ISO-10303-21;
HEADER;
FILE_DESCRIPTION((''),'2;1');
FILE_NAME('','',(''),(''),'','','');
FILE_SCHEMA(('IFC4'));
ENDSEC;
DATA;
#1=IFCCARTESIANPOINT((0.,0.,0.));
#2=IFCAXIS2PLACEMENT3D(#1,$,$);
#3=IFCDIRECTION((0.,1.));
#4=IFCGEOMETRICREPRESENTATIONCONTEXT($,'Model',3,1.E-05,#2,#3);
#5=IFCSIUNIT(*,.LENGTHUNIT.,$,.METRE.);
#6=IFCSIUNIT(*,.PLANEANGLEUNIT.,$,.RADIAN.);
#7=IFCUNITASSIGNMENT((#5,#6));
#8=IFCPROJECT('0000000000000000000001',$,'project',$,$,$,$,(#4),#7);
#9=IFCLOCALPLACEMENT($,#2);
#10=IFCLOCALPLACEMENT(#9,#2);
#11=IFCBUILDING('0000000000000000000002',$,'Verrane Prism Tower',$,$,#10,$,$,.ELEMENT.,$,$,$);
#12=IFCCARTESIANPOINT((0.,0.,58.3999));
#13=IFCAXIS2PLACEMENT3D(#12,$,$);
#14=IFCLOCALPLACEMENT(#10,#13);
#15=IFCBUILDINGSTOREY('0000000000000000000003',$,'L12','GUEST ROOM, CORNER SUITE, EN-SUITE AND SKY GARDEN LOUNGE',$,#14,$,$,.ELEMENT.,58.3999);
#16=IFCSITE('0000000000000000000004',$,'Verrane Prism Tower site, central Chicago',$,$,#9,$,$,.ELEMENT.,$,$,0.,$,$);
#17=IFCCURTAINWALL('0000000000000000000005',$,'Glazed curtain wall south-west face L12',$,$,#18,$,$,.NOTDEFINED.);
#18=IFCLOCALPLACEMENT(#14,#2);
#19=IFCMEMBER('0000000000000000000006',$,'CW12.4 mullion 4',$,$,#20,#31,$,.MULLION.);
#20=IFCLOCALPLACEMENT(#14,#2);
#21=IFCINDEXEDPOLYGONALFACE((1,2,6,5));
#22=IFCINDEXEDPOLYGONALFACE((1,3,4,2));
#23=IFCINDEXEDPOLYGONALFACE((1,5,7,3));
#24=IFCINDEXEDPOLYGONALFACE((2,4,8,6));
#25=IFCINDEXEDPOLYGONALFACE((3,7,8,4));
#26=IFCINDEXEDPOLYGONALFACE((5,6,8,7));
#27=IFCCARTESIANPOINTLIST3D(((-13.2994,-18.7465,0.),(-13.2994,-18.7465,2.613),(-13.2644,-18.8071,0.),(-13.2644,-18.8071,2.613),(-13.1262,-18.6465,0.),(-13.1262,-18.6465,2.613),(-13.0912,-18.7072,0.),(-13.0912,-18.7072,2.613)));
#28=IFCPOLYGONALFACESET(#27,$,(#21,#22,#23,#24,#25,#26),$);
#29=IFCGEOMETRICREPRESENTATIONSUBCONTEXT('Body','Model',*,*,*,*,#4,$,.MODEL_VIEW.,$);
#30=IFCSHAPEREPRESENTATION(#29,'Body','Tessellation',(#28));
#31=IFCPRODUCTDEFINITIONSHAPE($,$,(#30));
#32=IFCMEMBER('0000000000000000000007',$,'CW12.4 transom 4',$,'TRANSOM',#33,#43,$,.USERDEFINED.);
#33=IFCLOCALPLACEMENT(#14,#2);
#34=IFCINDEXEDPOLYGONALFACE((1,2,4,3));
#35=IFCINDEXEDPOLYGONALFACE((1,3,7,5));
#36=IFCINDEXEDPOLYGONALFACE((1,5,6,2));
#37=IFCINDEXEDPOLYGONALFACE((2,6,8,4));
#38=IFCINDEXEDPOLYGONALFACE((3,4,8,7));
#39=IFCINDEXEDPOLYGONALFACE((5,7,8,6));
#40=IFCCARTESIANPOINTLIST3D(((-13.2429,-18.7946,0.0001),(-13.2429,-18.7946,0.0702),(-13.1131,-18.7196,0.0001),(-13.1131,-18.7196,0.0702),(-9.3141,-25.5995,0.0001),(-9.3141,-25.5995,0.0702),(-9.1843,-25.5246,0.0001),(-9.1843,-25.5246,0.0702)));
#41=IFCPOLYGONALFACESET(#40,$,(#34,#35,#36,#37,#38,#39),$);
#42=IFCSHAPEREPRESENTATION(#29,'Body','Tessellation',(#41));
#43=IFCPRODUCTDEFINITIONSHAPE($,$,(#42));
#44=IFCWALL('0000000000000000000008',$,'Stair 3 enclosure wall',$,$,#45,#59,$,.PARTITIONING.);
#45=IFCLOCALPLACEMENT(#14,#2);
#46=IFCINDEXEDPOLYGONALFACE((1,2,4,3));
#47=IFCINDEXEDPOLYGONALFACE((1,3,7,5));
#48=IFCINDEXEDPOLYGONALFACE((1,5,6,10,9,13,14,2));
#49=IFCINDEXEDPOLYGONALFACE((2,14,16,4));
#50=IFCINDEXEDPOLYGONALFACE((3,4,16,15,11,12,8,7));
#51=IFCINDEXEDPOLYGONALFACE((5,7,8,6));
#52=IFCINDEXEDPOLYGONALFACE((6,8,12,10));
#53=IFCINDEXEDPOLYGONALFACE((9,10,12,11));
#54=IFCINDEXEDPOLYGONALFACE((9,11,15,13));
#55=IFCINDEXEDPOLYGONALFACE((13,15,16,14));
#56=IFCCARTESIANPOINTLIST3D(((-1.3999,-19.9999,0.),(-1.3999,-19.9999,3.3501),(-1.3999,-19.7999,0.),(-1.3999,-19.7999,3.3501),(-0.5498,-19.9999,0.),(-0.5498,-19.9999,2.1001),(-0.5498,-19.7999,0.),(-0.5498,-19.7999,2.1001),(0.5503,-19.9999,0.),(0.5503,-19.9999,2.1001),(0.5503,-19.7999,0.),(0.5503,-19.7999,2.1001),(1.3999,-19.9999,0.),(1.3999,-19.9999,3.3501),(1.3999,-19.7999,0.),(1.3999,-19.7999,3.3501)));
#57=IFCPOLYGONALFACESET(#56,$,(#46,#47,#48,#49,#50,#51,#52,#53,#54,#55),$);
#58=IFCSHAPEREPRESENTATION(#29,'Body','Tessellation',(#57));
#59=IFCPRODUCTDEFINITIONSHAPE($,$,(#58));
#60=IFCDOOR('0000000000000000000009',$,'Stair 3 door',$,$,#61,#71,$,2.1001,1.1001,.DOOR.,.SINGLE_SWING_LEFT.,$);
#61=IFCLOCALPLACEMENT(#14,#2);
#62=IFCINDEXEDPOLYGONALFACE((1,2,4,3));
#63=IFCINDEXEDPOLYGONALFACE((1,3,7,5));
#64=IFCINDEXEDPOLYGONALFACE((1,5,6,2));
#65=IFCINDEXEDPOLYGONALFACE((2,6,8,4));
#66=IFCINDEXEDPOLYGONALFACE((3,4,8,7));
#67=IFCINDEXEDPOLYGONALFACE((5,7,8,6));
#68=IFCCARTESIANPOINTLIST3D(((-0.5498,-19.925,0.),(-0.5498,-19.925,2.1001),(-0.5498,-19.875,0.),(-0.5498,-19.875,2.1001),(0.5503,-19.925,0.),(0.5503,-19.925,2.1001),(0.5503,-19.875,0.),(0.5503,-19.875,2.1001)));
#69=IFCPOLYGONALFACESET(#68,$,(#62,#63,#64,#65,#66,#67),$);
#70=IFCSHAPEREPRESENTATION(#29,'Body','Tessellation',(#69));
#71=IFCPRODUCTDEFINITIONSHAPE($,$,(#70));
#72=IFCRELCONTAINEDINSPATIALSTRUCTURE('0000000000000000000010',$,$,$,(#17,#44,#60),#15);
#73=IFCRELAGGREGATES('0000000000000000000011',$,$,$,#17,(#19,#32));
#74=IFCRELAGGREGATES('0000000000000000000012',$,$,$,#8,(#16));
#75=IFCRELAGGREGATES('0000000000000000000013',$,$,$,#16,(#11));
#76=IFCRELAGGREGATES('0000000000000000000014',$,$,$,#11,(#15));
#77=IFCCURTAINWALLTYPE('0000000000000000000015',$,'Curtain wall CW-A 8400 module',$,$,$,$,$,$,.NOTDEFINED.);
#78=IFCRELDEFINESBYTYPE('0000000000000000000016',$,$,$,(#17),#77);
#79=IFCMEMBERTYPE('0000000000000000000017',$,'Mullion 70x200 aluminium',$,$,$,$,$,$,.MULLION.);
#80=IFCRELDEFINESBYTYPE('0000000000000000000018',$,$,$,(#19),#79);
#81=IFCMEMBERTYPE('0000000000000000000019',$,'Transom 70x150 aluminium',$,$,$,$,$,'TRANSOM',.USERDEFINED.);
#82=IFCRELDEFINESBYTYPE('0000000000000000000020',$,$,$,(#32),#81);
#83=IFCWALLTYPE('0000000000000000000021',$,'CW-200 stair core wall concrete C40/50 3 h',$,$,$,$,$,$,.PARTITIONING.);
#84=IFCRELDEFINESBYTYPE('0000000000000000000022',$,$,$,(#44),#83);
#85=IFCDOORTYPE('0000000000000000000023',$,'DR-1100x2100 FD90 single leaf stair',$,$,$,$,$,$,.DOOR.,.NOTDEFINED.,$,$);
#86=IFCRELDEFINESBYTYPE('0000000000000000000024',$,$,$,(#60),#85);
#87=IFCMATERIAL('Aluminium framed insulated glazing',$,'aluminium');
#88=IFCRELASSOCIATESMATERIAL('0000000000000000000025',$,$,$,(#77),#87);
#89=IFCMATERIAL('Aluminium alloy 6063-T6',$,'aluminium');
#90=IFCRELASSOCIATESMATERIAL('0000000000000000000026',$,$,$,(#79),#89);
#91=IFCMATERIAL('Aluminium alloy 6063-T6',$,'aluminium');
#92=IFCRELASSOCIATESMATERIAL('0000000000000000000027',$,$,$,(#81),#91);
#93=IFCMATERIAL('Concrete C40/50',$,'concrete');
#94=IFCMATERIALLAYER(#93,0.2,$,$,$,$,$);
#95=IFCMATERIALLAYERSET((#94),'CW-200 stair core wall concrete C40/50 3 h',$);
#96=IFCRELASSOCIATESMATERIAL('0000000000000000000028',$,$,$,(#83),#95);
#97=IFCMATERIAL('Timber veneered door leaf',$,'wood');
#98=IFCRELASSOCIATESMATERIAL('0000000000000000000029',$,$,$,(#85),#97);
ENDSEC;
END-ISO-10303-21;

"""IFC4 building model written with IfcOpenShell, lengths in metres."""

from ifc_helpers import new_model, si_unit, direction, frame, frame_2d, origin, origin_2d, place, context, subcontext, project, spatial, rectangle, extrude, material, layer, layer_set, material_profile, profile_set, type_object, element, fill, aggregate, save


model = new_model("IFC4")

# Units and contexts
model_context = context("Model", 3, precision=1e-05, world=origin(), true_north=direction((0.0, 1.0)))
body_context = subcontext(model_context, "Body", "Model", "MODEL_VIEW")
ifc_project = project(units=[si_unit("LENGTHUNIT", "METRE"), si_unit("PLANEANGLEUNIT", "RADIAN")], contexts=[model_context])

# Site, building, storey
site_placement = place(None, origin())
site = spatial("IfcSite", under=ifc_project, at=site_placement, Name="Verrane Prism Tower site, central Chicago", CompositionType="ELEMENT", RefElevation=0.0)
building_placement = place(site_placement, origin())
building = spatial("IfcBuilding", under=site, at=building_placement, Name="Verrane Prism Tower", CompositionType="ELEMENT")
storey_placement = place(building_placement, frame((0.0, 0.0, 58.3999)))
storey = spatial("IfcBuildingStorey", under=building, at=storey_placement, Name="L12", Description="GUEST ROOM, CORNER SUITE, EN-SUITE AND SKY GARDEN LOUNGE", CompositionType="ELEMENT", Elevation=58.3999)

# Curtain wall, members
ifc_material_1 = material(Name="Aluminium framed insulated glazing", Category="aluminium")
curtain_wall_type = type_object("IfcCurtainWallType", Name="Curtain wall CW-A 8400 module", PredefinedType="NOTDEFINED", material=ifc_material_1)
curtain_wall_placement = place(storey_placement, origin())
curtain_wall = element("IfcCurtainWall", 1, at=curtain_wall_placement, inside=storey, type_object=curtain_wall_type, Name="Glazed curtain wall south-west face L12", PredefinedType="NOTDEFINED")
ifc_material_2 = material(Name="Aluminium alloy 6063-T6", Category="aluminium")
ifc_material_profile_1 = material_profile(ifc_material_2, rectangle(XDim=0.2, YDim=0.0701, at=origin_2d()), Name="Mullion 70x200 aluminium")
ifc_profile_set_1 = profile_set([ifc_material_profile_1], Name="Aluminium alloy 6063-T6")
member_type_1 = type_object("IfcMemberType", Name="Mullion 70x200 aluminium", PredefinedType="MULLION", material=ifc_profile_set_1)
member_1_placement = place(storey_placement, frame((-13.1953, -18.7268, 0.0), z_axis=(0.0, 0.0, 1.0), x_axis=(0.866026, 0.5, 0.0)))
member_1 = element("IfcMember", 2, at=member_1_placement, type_object=member_type_1, Name="CW12.4 mullion 4", PredefinedType="MULLION", context=body_context, shape_type="SweptSolid", body=[
    extrude(rectangle(XDim=0.2, YDim=0.0701, at=origin_2d()), origin(), (0.0, 0.0, 1.0), 2.613),
])
ifc_material_3 = material(Name="Aluminium alloy 6063-T6", Category="aluminium")
ifc_material_profile_2 = material_profile(ifc_material_3, rectangle(XDim=0.1499, YDim=0.0701, at=origin_2d()), Name="Transom 70x150 aluminium")
ifc_profile_set_2 = profile_set([ifc_material_profile_2], Name="Aluminium alloy 6063-T6")
member_type_2 = type_object("IfcMemberType", Name="Transom 70x150 aluminium", ElementType="TRANSOM", PredefinedType="USERDEFINED", material=ifc_profile_set_2)
member_2_placement = place(storey_placement, frame((-13.178, -18.7571, 0.0352), z_axis=(0.499989, -0.866032, 0.0), x_axis=(0.866032, 0.499989, 0.0)))
member_2 = element("IfcMember", 3, at=member_2_placement, type_object=member_type_2, Name="CW12.4 transom 4", ObjectType="TRANSOM", PredefinedType="USERDEFINED", context=body_context, shape_type="SweptSolid", body=[
    extrude(rectangle(XDim=0.1499, YDim=0.0701, at=origin_2d()), origin(), (0.0, 0.0, 1.0), 7.8577),
])
aggregate(curtain_wall, [member_1, member_2])

# Wall, opening, door
ifc_material_4 = material(Name="Concrete C40/50", Category="concrete")
ifc_layer_1 = layer(ifc_material_4, 0.2)
ifc_layer_set_1 = layer_set([ifc_layer_1], Name="CW-200 stair core wall concrete C40/50 3 h")
wall_type_1 = type_object("IfcWallType", Name="CW-200 stair core wall concrete C40/50 3 h", PredefinedType="PARTITIONING", material=ifc_layer_set_1)
wall_1_placement = place(storey_placement, frame((-1.3999, -19.8999, 0.0), z_axis=(0.0, 0.0, 1.0), x_axis=(1.0, 0.0, 0.0)))
wall_1 = element("IfcWall", 4, at=wall_1_placement, inside=storey, type_object=wall_type_1, Name="Stair 3 enclosure wall", PredefinedType="PARTITIONING", context=body_context, shape_type="SweptSolid", body=[
    extrude(rectangle(XDim=2.7998, YDim=0.2, at=frame_2d((1.3999, 0.0))), origin(), (0.0, 0.0, 1.0), 3.3501),
])
opening_1_placement = place(wall_1_placement, frame((0.8501, 0.0, 0.0)))
opening_1 = element("IfcOpeningElement", 5, at=opening_1_placement, cuts=wall_1, PredefinedType="OPENING", context=body_context, shape_type="SweptSolid", body=[
    extrude(rectangle(XDim=1.1001, YDim=2.1001, at=frame_2d((0.55, 1.05))), frame((0.0, 0.1099, 0.0), z_axis=(0.0, -1.0, 0.0), x_axis=(1.0, 0.0, 0.0)), (0.0, 0.0, 1.0), 0.22),
])
ifc_material_5 = material(Name="Timber veneered door leaf", Category="wood")
door_type_1 = type_object("IfcDoorType", Name="DR-1100x2100 FD90 single leaf stair", OperationType="NOTDEFINED", PredefinedType="DOOR", material=ifc_material_5)
door_1_placement = place(opening_1_placement, origin())
door_1 = element("IfcDoor", 6, at=door_1_placement, inside=storey, type_object=door_type_1, Name="Stair 3 door", OperationType="SINGLE_SWING_LEFT", OverallHeight=2.1001, OverallWidth=1.1001, PredefinedType="DOOR", context=body_context, shape_type="SweptSolid", body=[
    extrude(rectangle(XDim=1.1001, YDim=2.1001, at=frame_2d((0.55, 1.05))), frame((0.0, 0.0249, 0.0), z_axis=(0.0, -1.0, 0.0), x_axis=(1.0, 0.0, 0.0)), (0.0, 0.0, 1.0), 0.05),
])
fill(opening_1, door_1)

save(model, "model.ifc")
